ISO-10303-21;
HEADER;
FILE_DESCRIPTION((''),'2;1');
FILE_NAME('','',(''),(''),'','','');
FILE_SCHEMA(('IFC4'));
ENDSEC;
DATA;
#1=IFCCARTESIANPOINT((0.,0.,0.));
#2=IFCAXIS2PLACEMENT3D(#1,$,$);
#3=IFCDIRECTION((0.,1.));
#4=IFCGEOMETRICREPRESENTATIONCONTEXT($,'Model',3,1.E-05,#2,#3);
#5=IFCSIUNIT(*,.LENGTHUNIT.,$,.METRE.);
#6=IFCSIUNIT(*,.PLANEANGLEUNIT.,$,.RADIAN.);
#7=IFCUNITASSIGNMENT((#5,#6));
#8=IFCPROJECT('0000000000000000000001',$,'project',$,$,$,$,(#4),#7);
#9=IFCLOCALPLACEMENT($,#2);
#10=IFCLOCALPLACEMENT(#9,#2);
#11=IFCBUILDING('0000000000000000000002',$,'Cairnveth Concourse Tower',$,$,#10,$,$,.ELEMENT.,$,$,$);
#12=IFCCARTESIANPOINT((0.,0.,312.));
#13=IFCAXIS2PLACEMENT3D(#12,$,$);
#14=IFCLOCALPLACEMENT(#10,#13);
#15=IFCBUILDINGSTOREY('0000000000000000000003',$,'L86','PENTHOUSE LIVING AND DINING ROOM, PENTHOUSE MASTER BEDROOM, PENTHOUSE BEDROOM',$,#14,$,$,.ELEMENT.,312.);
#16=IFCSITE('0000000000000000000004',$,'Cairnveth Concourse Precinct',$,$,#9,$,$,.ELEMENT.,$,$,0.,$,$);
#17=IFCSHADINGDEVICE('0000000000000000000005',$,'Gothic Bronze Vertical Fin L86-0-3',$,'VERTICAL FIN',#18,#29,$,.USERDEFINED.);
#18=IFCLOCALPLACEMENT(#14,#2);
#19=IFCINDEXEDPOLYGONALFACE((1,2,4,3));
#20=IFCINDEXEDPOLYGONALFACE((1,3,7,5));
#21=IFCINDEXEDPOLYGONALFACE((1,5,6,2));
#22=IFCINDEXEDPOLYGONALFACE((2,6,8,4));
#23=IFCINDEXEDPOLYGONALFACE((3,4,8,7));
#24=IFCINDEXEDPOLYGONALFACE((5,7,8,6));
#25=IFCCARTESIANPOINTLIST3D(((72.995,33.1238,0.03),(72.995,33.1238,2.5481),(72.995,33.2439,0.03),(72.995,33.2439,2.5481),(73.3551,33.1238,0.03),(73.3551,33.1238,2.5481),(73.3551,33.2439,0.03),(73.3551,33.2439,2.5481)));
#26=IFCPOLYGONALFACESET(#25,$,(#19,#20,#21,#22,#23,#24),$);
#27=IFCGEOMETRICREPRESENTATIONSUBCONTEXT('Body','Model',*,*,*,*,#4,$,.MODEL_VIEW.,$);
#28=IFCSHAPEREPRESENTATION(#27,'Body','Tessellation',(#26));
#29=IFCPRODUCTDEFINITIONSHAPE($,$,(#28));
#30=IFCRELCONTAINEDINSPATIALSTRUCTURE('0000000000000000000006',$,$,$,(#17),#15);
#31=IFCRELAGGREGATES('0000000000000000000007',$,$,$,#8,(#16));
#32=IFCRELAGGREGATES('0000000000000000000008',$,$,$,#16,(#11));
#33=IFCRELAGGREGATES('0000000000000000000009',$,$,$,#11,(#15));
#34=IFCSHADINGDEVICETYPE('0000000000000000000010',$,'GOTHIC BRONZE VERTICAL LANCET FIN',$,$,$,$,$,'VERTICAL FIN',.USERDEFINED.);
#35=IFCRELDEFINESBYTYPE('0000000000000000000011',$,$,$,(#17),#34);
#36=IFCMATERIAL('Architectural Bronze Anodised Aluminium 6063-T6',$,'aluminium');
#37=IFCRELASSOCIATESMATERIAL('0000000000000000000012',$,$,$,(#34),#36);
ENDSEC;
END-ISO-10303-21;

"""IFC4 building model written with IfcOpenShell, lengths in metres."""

from ifc_helpers import new_model, si_unit, direction, frame, origin, origin_2d, place, context, subcontext, project, spatial, rectangle, extrude, material, type_object, element, save


model = new_model("IFC4")

# Units and contexts
model_context = context("Model", 3, precision=1e-05, world=origin(), true_north=direction((0.0, 1.0)))
body_context = subcontext(model_context, "Body", "Model", "MODEL_VIEW")
ifc_project = project(units=[si_unit("LENGTHUNIT", "METRE"), si_unit("PLANEANGLEUNIT", "RADIAN")], contexts=[model_context])

# Site, building, storey
site_placement = place(None, origin())
site = spatial("IfcSite", under=ifc_project, at=site_placement, Name="Cairnveth Concourse Precinct", CompositionType="ELEMENT", RefElevation=0.0)
building_placement = place(site_placement, origin())
building = spatial("IfcBuilding", under=site, at=building_placement, Name="Cairnveth Concourse Tower", CompositionType="ELEMENT")
storey_placement = place(building_placement, frame((0.0, 0.0, 312.0)))
storey = spatial("IfcBuildingStorey", under=building, at=storey_placement, Name="L86", Description="PENTHOUSE LIVING AND DINING ROOM, PENTHOUSE MASTER BEDROOM, PENTHOUSE BEDROOM", CompositionType="ELEMENT", Elevation=312.0)

# Shading device
ifc_material_1 = material(Name="Architectural Bronze Anodised Aluminium 6063-T6", Category="aluminium")
shading_device_type = type_object("IfcShadingDeviceType", Name="GOTHIC BRONZE VERTICAL LANCET FIN", ElementType="VERTICAL FIN", PredefinedType="USERDEFINED", material=ifc_material_1)
shading_device_placement = place(storey_placement, frame((73.175, 33.1838, 0.03), z_axis=(0.0, 0.0, 1.0), x_axis=(0.0, 1.0, 0.0)))
element("IfcShadingDevice", 1, at=shading_device_placement, inside=storey, type_object=shading_device_type, Name="Gothic Bronze Vertical Fin L86-0-3", ObjectType="VERTICAL FIN", PredefinedType="USERDEFINED", context=body_context, shape_type="SweptSolid", body=[
    extrude(rectangle(XDim=0.1201, YDim=0.3601, at=origin_2d()), origin(), (0.0, 0.0, 1.0), 2.5181),
])

save(model, "model.ifc")
